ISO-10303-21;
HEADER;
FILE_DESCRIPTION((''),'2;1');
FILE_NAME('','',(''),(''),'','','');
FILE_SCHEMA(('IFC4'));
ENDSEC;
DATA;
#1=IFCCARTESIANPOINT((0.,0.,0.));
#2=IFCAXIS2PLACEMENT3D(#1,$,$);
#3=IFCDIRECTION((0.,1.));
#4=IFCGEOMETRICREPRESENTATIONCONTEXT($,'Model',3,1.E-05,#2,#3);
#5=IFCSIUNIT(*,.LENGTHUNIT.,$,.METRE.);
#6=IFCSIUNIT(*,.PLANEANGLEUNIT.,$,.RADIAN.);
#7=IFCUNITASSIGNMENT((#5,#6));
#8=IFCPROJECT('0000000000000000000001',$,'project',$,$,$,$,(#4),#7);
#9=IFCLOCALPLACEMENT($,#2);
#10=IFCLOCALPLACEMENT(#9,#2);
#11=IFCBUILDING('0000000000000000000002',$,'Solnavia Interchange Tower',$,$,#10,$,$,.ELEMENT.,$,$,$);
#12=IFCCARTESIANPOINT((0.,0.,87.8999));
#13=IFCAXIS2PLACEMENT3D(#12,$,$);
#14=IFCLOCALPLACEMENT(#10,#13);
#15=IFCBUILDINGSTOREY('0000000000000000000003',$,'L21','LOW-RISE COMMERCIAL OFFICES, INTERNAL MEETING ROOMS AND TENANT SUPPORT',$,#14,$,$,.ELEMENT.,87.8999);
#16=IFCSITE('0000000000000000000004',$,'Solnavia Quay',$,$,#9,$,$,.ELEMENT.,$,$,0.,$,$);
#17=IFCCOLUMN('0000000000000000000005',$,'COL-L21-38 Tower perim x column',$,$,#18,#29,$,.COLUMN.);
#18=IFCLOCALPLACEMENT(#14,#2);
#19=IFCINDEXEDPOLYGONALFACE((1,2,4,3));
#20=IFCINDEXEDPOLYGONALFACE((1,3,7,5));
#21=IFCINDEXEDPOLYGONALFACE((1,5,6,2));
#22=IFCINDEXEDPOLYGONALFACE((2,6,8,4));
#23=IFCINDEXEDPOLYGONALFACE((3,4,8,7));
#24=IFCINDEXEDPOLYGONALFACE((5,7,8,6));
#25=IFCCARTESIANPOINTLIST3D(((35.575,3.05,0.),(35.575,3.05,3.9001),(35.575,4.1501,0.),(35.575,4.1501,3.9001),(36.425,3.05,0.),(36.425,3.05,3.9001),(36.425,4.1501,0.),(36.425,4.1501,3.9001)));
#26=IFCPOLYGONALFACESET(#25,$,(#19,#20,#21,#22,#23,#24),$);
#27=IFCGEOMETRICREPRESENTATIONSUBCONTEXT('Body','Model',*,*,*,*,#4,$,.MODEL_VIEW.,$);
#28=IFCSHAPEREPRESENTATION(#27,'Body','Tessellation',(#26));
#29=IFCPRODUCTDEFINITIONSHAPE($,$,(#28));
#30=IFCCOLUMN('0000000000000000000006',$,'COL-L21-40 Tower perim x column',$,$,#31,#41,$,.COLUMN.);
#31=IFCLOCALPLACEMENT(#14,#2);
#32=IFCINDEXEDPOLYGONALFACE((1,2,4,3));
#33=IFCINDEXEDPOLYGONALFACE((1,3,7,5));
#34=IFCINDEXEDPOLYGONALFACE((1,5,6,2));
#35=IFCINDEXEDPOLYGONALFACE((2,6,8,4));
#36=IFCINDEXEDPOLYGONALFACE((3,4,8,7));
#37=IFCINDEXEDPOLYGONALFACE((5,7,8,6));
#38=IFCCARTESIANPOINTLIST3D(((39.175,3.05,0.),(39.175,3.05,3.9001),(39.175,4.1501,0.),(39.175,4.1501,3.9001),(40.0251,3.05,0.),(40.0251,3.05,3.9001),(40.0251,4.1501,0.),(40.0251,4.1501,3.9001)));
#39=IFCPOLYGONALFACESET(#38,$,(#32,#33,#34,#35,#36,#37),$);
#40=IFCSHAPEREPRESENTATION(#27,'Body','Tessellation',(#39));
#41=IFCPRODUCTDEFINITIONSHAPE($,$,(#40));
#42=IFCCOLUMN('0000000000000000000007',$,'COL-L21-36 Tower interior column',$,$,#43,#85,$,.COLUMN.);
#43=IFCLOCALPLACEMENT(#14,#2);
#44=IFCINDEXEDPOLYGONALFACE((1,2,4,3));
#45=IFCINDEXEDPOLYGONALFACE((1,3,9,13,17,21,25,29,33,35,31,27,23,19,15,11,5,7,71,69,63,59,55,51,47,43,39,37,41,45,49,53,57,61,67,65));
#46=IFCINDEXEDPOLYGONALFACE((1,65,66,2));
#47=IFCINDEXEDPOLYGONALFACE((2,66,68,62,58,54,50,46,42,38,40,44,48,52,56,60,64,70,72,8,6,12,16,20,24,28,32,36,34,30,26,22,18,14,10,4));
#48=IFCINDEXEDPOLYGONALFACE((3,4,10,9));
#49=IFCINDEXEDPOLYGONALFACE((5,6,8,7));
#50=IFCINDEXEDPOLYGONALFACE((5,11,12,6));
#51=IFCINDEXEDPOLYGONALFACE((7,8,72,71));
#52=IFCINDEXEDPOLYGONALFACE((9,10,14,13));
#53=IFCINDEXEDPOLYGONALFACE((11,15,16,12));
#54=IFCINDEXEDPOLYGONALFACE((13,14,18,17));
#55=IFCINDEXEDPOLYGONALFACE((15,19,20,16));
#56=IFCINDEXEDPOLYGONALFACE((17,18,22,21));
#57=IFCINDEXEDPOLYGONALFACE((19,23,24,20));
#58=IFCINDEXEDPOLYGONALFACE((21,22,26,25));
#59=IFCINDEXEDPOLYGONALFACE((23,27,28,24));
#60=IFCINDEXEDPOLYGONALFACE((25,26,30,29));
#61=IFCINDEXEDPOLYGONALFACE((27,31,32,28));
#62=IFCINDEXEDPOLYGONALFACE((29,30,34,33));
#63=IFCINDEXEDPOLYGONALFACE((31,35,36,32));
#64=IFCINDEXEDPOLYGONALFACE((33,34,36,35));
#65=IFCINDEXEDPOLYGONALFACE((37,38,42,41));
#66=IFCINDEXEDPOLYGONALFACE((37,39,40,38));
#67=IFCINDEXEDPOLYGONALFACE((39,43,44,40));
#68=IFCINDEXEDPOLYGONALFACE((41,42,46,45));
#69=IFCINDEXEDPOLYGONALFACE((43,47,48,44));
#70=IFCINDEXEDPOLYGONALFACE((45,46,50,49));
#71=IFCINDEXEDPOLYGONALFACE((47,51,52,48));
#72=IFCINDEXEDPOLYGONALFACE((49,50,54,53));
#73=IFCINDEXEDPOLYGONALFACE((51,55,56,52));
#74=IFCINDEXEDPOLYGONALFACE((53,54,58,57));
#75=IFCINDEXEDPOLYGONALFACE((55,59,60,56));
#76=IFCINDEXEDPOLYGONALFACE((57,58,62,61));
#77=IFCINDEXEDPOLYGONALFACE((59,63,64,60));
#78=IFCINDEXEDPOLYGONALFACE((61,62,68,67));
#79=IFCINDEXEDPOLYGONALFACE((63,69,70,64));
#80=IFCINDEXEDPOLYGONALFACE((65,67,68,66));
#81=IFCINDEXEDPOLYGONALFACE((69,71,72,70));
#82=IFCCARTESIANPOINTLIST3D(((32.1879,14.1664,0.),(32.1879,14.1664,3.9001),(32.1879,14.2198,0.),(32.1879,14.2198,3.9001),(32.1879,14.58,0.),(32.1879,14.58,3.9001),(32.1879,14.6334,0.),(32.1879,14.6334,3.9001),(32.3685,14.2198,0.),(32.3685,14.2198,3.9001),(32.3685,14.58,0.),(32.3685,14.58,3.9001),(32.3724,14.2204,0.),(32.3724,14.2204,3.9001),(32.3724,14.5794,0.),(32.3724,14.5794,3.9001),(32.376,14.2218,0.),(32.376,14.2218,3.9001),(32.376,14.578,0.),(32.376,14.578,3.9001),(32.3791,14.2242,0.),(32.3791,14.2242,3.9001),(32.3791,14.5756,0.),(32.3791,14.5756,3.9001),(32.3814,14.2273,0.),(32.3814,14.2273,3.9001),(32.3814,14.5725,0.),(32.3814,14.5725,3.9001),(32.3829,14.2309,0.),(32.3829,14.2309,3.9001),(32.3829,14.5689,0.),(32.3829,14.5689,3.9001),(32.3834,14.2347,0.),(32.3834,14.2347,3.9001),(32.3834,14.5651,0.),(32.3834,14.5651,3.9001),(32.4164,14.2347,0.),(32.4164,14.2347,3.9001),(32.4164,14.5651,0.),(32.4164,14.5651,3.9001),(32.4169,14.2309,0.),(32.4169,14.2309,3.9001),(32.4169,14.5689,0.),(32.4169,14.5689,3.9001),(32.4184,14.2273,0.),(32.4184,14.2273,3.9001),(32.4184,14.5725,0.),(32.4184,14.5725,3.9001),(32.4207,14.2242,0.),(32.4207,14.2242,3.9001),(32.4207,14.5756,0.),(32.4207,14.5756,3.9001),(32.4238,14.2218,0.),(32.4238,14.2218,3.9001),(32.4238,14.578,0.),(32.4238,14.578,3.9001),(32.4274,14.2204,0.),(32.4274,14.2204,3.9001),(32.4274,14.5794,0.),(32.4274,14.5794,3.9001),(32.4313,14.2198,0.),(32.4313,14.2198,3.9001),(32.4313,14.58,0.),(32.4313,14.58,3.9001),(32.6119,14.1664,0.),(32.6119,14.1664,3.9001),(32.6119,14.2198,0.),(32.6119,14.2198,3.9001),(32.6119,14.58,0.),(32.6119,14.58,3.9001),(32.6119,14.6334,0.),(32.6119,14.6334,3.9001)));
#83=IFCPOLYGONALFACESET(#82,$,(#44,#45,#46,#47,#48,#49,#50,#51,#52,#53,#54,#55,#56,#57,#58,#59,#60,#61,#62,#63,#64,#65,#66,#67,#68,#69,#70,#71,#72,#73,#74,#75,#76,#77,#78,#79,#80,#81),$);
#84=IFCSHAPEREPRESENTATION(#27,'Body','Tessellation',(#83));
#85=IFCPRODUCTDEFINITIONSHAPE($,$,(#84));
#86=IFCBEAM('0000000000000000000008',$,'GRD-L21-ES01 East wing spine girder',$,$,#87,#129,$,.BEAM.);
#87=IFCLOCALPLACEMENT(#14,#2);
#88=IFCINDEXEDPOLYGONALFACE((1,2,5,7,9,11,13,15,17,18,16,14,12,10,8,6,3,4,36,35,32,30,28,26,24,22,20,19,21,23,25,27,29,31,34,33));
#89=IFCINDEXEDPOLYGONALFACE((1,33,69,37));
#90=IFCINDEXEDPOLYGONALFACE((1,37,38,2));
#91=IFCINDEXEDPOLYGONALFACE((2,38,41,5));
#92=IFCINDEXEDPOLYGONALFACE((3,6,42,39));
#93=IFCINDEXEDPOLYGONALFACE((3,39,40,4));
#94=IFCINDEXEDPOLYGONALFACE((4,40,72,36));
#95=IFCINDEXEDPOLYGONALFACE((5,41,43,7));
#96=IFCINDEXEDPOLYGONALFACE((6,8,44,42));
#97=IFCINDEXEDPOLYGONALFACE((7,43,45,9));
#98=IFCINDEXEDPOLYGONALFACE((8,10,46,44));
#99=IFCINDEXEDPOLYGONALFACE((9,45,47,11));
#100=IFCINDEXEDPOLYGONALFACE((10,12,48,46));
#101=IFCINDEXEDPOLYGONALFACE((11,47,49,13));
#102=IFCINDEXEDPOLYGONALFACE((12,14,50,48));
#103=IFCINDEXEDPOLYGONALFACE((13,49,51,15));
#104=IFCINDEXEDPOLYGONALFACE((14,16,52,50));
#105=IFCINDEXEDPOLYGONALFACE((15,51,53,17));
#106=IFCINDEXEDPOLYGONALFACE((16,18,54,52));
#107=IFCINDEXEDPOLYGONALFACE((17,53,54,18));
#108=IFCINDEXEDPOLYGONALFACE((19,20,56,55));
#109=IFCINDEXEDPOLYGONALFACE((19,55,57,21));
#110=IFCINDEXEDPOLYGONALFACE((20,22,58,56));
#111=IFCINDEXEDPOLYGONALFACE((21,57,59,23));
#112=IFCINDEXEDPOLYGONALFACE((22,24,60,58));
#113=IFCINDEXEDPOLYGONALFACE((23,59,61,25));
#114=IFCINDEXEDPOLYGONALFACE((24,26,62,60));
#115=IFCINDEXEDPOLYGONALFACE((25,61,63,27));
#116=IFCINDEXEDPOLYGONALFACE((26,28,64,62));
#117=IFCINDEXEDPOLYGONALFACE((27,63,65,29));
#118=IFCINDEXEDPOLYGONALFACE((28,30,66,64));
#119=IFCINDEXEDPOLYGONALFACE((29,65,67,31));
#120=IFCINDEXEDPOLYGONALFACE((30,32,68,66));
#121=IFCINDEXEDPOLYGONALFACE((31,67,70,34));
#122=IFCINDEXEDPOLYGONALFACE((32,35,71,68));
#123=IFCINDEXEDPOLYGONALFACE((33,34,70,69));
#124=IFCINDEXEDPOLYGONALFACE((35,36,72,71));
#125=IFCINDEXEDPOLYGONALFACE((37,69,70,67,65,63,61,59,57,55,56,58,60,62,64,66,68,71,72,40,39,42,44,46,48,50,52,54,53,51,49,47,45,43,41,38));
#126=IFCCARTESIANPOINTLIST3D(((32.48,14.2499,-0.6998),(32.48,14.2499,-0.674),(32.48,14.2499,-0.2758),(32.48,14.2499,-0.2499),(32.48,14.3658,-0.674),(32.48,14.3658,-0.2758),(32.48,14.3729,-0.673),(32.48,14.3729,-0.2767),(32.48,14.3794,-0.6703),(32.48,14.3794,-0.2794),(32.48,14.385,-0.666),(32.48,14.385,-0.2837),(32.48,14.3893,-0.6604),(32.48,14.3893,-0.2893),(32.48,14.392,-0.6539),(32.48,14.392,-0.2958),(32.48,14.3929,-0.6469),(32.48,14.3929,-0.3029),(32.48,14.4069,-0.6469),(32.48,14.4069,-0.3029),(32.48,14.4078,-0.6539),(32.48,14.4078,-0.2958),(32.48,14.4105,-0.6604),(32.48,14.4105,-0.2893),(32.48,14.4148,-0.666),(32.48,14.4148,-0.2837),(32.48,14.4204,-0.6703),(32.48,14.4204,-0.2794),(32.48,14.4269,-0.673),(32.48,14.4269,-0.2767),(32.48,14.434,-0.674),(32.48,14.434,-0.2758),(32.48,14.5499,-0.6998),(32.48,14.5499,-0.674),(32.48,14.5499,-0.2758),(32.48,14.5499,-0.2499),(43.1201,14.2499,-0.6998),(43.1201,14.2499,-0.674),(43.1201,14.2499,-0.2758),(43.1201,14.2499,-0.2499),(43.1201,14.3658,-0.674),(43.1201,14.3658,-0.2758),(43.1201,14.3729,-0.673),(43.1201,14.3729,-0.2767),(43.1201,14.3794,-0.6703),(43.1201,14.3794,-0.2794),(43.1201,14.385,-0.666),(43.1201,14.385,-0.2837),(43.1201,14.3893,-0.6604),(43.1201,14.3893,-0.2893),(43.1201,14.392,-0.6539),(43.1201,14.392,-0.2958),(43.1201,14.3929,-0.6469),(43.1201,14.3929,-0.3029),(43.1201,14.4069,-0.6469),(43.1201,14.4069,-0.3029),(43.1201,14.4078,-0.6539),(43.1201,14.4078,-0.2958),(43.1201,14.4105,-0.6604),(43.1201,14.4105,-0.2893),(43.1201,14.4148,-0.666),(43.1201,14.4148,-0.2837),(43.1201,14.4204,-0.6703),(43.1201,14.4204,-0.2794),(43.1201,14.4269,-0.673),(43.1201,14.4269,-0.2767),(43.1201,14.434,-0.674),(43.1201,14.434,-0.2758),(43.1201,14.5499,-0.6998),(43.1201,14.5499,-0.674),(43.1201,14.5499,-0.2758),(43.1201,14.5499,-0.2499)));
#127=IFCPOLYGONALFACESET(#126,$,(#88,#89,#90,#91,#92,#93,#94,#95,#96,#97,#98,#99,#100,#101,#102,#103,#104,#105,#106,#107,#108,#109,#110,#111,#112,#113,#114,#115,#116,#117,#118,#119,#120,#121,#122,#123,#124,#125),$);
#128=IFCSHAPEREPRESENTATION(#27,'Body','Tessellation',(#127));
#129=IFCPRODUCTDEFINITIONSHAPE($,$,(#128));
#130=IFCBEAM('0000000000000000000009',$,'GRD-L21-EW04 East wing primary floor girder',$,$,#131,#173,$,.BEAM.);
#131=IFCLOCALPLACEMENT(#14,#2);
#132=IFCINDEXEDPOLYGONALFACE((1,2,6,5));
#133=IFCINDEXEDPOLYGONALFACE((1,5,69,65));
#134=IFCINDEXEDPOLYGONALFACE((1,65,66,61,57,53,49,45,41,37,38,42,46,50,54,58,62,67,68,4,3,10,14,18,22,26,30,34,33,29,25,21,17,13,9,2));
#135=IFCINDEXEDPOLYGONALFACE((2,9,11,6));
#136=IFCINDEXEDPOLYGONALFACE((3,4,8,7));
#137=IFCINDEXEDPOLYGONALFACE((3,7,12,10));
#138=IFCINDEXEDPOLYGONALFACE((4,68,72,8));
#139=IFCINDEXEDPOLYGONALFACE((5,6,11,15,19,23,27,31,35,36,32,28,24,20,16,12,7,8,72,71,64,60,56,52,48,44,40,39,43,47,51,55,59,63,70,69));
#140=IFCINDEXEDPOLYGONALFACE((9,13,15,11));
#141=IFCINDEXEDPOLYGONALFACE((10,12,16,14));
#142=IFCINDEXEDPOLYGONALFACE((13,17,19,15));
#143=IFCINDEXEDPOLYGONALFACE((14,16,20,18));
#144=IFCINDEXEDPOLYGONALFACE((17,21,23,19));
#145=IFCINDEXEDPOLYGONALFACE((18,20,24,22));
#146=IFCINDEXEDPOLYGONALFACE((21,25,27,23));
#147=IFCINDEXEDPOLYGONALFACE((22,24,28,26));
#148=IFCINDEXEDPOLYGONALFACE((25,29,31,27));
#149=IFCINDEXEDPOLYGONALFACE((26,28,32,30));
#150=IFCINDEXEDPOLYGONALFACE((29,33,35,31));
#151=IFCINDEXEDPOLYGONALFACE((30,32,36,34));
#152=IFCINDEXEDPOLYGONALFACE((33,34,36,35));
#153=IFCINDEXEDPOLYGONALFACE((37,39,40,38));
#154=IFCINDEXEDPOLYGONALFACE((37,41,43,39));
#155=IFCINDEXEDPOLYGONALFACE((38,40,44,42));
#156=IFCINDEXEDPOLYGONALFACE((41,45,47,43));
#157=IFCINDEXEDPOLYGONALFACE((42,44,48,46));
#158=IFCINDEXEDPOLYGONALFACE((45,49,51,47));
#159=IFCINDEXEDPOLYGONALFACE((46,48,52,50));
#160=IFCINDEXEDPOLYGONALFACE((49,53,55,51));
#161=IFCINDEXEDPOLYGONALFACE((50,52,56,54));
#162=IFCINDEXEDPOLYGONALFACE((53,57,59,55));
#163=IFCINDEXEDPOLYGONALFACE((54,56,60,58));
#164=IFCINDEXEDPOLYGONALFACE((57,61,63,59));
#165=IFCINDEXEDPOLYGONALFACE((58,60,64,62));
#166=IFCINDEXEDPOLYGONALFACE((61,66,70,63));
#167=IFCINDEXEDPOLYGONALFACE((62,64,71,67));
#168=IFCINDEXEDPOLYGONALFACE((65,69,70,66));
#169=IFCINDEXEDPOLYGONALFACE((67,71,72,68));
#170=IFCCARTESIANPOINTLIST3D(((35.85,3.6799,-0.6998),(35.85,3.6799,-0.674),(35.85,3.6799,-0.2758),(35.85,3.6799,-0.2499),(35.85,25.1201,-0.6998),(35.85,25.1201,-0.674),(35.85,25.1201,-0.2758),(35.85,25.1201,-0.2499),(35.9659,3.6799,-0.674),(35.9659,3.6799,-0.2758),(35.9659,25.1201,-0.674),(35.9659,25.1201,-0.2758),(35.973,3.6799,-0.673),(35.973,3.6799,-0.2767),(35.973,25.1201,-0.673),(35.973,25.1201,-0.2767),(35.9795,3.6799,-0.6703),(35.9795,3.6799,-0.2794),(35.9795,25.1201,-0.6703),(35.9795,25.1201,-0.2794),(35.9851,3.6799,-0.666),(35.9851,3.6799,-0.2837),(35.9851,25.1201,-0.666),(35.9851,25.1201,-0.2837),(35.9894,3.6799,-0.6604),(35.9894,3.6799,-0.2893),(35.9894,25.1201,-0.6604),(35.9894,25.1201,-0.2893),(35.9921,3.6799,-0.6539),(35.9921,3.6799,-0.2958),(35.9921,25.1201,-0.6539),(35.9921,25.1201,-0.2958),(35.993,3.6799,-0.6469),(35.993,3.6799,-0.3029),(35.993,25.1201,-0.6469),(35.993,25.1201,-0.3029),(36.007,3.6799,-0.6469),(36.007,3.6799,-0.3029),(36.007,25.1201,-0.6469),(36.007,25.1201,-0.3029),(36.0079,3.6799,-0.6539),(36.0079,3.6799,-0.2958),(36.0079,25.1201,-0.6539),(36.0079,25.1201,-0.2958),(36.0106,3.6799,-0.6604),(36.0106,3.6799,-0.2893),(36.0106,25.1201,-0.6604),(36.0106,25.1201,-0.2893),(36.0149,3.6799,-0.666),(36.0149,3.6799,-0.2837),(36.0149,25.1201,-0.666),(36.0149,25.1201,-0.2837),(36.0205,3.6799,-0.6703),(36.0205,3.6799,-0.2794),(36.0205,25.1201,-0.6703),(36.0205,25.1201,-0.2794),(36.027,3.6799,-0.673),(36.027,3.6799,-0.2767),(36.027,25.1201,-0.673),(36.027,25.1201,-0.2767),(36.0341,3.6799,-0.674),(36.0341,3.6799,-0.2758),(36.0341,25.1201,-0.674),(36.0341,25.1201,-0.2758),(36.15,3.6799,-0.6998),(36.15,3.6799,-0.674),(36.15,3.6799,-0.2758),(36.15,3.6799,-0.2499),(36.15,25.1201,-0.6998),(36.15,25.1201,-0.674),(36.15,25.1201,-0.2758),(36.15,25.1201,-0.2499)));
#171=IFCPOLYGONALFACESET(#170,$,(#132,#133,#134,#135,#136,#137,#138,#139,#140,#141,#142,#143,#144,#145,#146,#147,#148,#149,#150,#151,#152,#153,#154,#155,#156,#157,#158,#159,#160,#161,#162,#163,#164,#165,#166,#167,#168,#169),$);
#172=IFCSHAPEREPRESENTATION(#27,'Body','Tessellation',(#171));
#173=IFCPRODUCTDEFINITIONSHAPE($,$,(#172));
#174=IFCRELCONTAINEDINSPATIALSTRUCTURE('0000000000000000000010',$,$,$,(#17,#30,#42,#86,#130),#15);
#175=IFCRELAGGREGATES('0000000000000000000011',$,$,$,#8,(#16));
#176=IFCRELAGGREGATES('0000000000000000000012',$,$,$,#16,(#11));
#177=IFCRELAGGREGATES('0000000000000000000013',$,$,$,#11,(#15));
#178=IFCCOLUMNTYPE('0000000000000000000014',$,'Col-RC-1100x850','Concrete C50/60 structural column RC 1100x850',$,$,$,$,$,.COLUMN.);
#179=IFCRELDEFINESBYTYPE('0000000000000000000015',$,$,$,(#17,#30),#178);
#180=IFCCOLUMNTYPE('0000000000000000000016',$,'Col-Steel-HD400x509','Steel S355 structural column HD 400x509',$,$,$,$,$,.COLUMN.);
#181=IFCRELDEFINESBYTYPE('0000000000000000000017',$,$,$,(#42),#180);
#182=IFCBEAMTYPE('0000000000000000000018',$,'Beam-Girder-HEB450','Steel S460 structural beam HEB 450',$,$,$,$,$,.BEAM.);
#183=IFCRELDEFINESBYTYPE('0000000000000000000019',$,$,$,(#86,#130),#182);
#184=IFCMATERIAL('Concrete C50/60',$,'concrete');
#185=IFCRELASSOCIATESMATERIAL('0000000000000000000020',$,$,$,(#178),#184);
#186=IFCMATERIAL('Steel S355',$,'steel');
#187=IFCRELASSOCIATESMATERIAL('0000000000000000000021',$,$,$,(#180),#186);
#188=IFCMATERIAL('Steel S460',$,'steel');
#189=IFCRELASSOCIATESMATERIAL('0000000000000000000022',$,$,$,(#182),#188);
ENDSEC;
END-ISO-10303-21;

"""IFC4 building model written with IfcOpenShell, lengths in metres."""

from ifc_helpers import new_model, si_unit, direction, frame, origin, origin_2d, place, context, subcontext, project, spatial, rectangle, i_section, extrude, material, material_profile, profile_set, type_object, element, save


model = new_model("IFC4")

# Units and contexts
model_context = context("Model", 3, precision=1e-05, world=origin(), true_north=direction((0.0, 1.0)))
body_context = subcontext(model_context, "Body", "Model", "MODEL_VIEW")
ifc_project = project(units=[si_unit("LENGTHUNIT", "METRE"), si_unit("PLANEANGLEUNIT", "RADIAN")], contexts=[model_context])

# Site, building, storey
site_placement = place(None, origin())
site = spatial("IfcSite", under=ifc_project, at=site_placement, Name="Solnavia Quay", CompositionType="ELEMENT", RefElevation=0.0)
building_placement = place(site_placement, origin())
building = spatial("IfcBuilding", under=site, at=building_placement, Name="Solnavia Interchange Tower", CompositionType="ELEMENT")
storey_placement = place(building_placement, frame((0.0, 0.0, 87.8999)))
storey = spatial("IfcBuildingStorey", under=building, at=storey_placement, Name="L21", Description="LOW-RISE COMMERCIAL OFFICES, INTERNAL MEETING ROOMS AND TENANT SUPPORT", CompositionType="ELEMENT", Elevation=87.8999)

# Columns
ifc_material_1 = material(Name="Concrete C50/60", Category="concrete")
ifc_material_profile_1 = material_profile(ifc_material_1, rectangle(XDim=0.8501, YDim=1.1001, at=origin_2d()), Name="RC 1100x850")
ifc_profile_set_1 = profile_set([ifc_material_profile_1], Name="Concrete C50/60")
column_type_1 = type_object("IfcColumnType", Name="Col-RC-1100x850", Description="Concrete C50/60 structural column RC 1100x850", PredefinedType="COLUMN", material=ifc_profile_set_1)
for number, where, z_axis, x_axis, name in (
    (1, (36.0, 3.6001, 0.0), (0.0, 0.0, 1.0), (1.0, 0.0, 0.0), "COL-L21-38 Tower perim x column"),
    (2, (39.6001, 3.6001, 0.0), (0.0, 0.0, 1.0), (1.0, 0.0, 0.0), "COL-L21-40 Tower perim x column"),
):
    element("IfcColumn", number, at=place(storey_placement, frame(where, z_axis=z_axis, x_axis=x_axis)), inside=storey, type_object=column_type_1, Name=name, PredefinedType="COLUMN", context=body_context, shape_type="SweptSolid", body=[
        extrude(rectangle(XDim=0.8501, YDim=1.1001, at=origin_2d()), origin(), (0.0, 0.0, 1.0), 3.9001),
    ])
ifc_material_2 = material(Name="Steel S355", Category="steel")
ifc_material_profile_2 = material_profile(ifc_material_2, i_section(OverallWidth=0.4241, OverallDepth=0.467, WebThickness=0.033, FlangeThickness=0.0535, FilletRadius=0.0149, at=origin_2d()), Name="HD 400x509")
ifc_profile_set_2 = profile_set([ifc_material_profile_2], Name="Steel S355")
column_type_2 = type_object("IfcColumnType", Name="Col-Steel-HD400x509", Description="Steel S355 structural column HD 400x509", PredefinedType="COLUMN", material=ifc_profile_set_2)
column_placement = place(storey_placement, frame((32.3999, 14.3999, 0.0), z_axis=(0.0, 0.0, 1.0), x_axis=(1.0, 0.0, 0.0)))
element("IfcColumn", 3, at=column_placement, inside=storey, type_object=column_type_2, Name="COL-L21-36 Tower interior column", PredefinedType="COLUMN", context=body_context, shape_type="SweptSolid", body=[
    extrude(i_section(OverallWidth=0.4241, OverallDepth=0.467, WebThickness=0.033, FlangeThickness=0.0535, FilletRadius=0.0149, at=origin_2d()), origin(), (0.0, 0.0, 1.0), 3.9001),
])

# Beams
ifc_material_3 = material(Name="Steel S460", Category="steel")
ifc_material_profile_3 = material_profile(ifc_material_3, i_section(OverallWidth=0.3, OverallDepth=0.45, WebThickness=0.0139, FlangeThickness=0.0259, FilletRadius=0.0271, at=origin_2d()), Name="HEB 450")
ifc_profile_set_3 = profile_set([ifc_material_profile_3], Name="Steel S460")
beam_type_1 = type_object("IfcBeamType", Name="Beam-Girder-HEB450", Description="Steel S460 structural beam HEB 450", PredefinedType="BEAM", material=ifc_profile_set_3)
beam_1_placement = place(storey_placement, frame((32.48, 14.3999, -0.4749), z_axis=(1.0, 0.0, 0.0), x_axis=(0.0, 1.0, 0.0)))
element("IfcBeam", 4, at=beam_1_placement, inside=storey, type_object=beam_type_1, Name="GRD-L21-ES01 East wing spine girder", PredefinedType="BEAM", context=body_context, shape_type="SweptSolid", body=[
    extrude(i_section(OverallWidth=0.3, OverallDepth=0.45, WebThickness=0.0139, FlangeThickness=0.0259, FilletRadius=0.0271, at=origin_2d()), origin(), (0.0, 0.0, 1.0), 10.6401),
])
beam_2_placement = place(storey_placement, frame((36.0, 3.6799, -0.4749), z_axis=(0.0, 1.0, 0.0), x_axis=(-1.0, 0.0, 0.0)))
element("IfcBeam", 5, at=beam_2_placement, inside=storey, type_object=beam_type_1, Name="GRD-L21-EW04 East wing primary floor girder", PredefinedType="BEAM", context=body_context, shape_type="SweptSolid", body=[
    extrude(i_section(OverallWidth=0.3, OverallDepth=0.45, WebThickness=0.0139, FlangeThickness=0.0259, FilletRadius=0.0271, at=origin_2d()), origin(), (0.0, 0.0, 1.0), 21.4402),
])

save(model, "model.ifc")
